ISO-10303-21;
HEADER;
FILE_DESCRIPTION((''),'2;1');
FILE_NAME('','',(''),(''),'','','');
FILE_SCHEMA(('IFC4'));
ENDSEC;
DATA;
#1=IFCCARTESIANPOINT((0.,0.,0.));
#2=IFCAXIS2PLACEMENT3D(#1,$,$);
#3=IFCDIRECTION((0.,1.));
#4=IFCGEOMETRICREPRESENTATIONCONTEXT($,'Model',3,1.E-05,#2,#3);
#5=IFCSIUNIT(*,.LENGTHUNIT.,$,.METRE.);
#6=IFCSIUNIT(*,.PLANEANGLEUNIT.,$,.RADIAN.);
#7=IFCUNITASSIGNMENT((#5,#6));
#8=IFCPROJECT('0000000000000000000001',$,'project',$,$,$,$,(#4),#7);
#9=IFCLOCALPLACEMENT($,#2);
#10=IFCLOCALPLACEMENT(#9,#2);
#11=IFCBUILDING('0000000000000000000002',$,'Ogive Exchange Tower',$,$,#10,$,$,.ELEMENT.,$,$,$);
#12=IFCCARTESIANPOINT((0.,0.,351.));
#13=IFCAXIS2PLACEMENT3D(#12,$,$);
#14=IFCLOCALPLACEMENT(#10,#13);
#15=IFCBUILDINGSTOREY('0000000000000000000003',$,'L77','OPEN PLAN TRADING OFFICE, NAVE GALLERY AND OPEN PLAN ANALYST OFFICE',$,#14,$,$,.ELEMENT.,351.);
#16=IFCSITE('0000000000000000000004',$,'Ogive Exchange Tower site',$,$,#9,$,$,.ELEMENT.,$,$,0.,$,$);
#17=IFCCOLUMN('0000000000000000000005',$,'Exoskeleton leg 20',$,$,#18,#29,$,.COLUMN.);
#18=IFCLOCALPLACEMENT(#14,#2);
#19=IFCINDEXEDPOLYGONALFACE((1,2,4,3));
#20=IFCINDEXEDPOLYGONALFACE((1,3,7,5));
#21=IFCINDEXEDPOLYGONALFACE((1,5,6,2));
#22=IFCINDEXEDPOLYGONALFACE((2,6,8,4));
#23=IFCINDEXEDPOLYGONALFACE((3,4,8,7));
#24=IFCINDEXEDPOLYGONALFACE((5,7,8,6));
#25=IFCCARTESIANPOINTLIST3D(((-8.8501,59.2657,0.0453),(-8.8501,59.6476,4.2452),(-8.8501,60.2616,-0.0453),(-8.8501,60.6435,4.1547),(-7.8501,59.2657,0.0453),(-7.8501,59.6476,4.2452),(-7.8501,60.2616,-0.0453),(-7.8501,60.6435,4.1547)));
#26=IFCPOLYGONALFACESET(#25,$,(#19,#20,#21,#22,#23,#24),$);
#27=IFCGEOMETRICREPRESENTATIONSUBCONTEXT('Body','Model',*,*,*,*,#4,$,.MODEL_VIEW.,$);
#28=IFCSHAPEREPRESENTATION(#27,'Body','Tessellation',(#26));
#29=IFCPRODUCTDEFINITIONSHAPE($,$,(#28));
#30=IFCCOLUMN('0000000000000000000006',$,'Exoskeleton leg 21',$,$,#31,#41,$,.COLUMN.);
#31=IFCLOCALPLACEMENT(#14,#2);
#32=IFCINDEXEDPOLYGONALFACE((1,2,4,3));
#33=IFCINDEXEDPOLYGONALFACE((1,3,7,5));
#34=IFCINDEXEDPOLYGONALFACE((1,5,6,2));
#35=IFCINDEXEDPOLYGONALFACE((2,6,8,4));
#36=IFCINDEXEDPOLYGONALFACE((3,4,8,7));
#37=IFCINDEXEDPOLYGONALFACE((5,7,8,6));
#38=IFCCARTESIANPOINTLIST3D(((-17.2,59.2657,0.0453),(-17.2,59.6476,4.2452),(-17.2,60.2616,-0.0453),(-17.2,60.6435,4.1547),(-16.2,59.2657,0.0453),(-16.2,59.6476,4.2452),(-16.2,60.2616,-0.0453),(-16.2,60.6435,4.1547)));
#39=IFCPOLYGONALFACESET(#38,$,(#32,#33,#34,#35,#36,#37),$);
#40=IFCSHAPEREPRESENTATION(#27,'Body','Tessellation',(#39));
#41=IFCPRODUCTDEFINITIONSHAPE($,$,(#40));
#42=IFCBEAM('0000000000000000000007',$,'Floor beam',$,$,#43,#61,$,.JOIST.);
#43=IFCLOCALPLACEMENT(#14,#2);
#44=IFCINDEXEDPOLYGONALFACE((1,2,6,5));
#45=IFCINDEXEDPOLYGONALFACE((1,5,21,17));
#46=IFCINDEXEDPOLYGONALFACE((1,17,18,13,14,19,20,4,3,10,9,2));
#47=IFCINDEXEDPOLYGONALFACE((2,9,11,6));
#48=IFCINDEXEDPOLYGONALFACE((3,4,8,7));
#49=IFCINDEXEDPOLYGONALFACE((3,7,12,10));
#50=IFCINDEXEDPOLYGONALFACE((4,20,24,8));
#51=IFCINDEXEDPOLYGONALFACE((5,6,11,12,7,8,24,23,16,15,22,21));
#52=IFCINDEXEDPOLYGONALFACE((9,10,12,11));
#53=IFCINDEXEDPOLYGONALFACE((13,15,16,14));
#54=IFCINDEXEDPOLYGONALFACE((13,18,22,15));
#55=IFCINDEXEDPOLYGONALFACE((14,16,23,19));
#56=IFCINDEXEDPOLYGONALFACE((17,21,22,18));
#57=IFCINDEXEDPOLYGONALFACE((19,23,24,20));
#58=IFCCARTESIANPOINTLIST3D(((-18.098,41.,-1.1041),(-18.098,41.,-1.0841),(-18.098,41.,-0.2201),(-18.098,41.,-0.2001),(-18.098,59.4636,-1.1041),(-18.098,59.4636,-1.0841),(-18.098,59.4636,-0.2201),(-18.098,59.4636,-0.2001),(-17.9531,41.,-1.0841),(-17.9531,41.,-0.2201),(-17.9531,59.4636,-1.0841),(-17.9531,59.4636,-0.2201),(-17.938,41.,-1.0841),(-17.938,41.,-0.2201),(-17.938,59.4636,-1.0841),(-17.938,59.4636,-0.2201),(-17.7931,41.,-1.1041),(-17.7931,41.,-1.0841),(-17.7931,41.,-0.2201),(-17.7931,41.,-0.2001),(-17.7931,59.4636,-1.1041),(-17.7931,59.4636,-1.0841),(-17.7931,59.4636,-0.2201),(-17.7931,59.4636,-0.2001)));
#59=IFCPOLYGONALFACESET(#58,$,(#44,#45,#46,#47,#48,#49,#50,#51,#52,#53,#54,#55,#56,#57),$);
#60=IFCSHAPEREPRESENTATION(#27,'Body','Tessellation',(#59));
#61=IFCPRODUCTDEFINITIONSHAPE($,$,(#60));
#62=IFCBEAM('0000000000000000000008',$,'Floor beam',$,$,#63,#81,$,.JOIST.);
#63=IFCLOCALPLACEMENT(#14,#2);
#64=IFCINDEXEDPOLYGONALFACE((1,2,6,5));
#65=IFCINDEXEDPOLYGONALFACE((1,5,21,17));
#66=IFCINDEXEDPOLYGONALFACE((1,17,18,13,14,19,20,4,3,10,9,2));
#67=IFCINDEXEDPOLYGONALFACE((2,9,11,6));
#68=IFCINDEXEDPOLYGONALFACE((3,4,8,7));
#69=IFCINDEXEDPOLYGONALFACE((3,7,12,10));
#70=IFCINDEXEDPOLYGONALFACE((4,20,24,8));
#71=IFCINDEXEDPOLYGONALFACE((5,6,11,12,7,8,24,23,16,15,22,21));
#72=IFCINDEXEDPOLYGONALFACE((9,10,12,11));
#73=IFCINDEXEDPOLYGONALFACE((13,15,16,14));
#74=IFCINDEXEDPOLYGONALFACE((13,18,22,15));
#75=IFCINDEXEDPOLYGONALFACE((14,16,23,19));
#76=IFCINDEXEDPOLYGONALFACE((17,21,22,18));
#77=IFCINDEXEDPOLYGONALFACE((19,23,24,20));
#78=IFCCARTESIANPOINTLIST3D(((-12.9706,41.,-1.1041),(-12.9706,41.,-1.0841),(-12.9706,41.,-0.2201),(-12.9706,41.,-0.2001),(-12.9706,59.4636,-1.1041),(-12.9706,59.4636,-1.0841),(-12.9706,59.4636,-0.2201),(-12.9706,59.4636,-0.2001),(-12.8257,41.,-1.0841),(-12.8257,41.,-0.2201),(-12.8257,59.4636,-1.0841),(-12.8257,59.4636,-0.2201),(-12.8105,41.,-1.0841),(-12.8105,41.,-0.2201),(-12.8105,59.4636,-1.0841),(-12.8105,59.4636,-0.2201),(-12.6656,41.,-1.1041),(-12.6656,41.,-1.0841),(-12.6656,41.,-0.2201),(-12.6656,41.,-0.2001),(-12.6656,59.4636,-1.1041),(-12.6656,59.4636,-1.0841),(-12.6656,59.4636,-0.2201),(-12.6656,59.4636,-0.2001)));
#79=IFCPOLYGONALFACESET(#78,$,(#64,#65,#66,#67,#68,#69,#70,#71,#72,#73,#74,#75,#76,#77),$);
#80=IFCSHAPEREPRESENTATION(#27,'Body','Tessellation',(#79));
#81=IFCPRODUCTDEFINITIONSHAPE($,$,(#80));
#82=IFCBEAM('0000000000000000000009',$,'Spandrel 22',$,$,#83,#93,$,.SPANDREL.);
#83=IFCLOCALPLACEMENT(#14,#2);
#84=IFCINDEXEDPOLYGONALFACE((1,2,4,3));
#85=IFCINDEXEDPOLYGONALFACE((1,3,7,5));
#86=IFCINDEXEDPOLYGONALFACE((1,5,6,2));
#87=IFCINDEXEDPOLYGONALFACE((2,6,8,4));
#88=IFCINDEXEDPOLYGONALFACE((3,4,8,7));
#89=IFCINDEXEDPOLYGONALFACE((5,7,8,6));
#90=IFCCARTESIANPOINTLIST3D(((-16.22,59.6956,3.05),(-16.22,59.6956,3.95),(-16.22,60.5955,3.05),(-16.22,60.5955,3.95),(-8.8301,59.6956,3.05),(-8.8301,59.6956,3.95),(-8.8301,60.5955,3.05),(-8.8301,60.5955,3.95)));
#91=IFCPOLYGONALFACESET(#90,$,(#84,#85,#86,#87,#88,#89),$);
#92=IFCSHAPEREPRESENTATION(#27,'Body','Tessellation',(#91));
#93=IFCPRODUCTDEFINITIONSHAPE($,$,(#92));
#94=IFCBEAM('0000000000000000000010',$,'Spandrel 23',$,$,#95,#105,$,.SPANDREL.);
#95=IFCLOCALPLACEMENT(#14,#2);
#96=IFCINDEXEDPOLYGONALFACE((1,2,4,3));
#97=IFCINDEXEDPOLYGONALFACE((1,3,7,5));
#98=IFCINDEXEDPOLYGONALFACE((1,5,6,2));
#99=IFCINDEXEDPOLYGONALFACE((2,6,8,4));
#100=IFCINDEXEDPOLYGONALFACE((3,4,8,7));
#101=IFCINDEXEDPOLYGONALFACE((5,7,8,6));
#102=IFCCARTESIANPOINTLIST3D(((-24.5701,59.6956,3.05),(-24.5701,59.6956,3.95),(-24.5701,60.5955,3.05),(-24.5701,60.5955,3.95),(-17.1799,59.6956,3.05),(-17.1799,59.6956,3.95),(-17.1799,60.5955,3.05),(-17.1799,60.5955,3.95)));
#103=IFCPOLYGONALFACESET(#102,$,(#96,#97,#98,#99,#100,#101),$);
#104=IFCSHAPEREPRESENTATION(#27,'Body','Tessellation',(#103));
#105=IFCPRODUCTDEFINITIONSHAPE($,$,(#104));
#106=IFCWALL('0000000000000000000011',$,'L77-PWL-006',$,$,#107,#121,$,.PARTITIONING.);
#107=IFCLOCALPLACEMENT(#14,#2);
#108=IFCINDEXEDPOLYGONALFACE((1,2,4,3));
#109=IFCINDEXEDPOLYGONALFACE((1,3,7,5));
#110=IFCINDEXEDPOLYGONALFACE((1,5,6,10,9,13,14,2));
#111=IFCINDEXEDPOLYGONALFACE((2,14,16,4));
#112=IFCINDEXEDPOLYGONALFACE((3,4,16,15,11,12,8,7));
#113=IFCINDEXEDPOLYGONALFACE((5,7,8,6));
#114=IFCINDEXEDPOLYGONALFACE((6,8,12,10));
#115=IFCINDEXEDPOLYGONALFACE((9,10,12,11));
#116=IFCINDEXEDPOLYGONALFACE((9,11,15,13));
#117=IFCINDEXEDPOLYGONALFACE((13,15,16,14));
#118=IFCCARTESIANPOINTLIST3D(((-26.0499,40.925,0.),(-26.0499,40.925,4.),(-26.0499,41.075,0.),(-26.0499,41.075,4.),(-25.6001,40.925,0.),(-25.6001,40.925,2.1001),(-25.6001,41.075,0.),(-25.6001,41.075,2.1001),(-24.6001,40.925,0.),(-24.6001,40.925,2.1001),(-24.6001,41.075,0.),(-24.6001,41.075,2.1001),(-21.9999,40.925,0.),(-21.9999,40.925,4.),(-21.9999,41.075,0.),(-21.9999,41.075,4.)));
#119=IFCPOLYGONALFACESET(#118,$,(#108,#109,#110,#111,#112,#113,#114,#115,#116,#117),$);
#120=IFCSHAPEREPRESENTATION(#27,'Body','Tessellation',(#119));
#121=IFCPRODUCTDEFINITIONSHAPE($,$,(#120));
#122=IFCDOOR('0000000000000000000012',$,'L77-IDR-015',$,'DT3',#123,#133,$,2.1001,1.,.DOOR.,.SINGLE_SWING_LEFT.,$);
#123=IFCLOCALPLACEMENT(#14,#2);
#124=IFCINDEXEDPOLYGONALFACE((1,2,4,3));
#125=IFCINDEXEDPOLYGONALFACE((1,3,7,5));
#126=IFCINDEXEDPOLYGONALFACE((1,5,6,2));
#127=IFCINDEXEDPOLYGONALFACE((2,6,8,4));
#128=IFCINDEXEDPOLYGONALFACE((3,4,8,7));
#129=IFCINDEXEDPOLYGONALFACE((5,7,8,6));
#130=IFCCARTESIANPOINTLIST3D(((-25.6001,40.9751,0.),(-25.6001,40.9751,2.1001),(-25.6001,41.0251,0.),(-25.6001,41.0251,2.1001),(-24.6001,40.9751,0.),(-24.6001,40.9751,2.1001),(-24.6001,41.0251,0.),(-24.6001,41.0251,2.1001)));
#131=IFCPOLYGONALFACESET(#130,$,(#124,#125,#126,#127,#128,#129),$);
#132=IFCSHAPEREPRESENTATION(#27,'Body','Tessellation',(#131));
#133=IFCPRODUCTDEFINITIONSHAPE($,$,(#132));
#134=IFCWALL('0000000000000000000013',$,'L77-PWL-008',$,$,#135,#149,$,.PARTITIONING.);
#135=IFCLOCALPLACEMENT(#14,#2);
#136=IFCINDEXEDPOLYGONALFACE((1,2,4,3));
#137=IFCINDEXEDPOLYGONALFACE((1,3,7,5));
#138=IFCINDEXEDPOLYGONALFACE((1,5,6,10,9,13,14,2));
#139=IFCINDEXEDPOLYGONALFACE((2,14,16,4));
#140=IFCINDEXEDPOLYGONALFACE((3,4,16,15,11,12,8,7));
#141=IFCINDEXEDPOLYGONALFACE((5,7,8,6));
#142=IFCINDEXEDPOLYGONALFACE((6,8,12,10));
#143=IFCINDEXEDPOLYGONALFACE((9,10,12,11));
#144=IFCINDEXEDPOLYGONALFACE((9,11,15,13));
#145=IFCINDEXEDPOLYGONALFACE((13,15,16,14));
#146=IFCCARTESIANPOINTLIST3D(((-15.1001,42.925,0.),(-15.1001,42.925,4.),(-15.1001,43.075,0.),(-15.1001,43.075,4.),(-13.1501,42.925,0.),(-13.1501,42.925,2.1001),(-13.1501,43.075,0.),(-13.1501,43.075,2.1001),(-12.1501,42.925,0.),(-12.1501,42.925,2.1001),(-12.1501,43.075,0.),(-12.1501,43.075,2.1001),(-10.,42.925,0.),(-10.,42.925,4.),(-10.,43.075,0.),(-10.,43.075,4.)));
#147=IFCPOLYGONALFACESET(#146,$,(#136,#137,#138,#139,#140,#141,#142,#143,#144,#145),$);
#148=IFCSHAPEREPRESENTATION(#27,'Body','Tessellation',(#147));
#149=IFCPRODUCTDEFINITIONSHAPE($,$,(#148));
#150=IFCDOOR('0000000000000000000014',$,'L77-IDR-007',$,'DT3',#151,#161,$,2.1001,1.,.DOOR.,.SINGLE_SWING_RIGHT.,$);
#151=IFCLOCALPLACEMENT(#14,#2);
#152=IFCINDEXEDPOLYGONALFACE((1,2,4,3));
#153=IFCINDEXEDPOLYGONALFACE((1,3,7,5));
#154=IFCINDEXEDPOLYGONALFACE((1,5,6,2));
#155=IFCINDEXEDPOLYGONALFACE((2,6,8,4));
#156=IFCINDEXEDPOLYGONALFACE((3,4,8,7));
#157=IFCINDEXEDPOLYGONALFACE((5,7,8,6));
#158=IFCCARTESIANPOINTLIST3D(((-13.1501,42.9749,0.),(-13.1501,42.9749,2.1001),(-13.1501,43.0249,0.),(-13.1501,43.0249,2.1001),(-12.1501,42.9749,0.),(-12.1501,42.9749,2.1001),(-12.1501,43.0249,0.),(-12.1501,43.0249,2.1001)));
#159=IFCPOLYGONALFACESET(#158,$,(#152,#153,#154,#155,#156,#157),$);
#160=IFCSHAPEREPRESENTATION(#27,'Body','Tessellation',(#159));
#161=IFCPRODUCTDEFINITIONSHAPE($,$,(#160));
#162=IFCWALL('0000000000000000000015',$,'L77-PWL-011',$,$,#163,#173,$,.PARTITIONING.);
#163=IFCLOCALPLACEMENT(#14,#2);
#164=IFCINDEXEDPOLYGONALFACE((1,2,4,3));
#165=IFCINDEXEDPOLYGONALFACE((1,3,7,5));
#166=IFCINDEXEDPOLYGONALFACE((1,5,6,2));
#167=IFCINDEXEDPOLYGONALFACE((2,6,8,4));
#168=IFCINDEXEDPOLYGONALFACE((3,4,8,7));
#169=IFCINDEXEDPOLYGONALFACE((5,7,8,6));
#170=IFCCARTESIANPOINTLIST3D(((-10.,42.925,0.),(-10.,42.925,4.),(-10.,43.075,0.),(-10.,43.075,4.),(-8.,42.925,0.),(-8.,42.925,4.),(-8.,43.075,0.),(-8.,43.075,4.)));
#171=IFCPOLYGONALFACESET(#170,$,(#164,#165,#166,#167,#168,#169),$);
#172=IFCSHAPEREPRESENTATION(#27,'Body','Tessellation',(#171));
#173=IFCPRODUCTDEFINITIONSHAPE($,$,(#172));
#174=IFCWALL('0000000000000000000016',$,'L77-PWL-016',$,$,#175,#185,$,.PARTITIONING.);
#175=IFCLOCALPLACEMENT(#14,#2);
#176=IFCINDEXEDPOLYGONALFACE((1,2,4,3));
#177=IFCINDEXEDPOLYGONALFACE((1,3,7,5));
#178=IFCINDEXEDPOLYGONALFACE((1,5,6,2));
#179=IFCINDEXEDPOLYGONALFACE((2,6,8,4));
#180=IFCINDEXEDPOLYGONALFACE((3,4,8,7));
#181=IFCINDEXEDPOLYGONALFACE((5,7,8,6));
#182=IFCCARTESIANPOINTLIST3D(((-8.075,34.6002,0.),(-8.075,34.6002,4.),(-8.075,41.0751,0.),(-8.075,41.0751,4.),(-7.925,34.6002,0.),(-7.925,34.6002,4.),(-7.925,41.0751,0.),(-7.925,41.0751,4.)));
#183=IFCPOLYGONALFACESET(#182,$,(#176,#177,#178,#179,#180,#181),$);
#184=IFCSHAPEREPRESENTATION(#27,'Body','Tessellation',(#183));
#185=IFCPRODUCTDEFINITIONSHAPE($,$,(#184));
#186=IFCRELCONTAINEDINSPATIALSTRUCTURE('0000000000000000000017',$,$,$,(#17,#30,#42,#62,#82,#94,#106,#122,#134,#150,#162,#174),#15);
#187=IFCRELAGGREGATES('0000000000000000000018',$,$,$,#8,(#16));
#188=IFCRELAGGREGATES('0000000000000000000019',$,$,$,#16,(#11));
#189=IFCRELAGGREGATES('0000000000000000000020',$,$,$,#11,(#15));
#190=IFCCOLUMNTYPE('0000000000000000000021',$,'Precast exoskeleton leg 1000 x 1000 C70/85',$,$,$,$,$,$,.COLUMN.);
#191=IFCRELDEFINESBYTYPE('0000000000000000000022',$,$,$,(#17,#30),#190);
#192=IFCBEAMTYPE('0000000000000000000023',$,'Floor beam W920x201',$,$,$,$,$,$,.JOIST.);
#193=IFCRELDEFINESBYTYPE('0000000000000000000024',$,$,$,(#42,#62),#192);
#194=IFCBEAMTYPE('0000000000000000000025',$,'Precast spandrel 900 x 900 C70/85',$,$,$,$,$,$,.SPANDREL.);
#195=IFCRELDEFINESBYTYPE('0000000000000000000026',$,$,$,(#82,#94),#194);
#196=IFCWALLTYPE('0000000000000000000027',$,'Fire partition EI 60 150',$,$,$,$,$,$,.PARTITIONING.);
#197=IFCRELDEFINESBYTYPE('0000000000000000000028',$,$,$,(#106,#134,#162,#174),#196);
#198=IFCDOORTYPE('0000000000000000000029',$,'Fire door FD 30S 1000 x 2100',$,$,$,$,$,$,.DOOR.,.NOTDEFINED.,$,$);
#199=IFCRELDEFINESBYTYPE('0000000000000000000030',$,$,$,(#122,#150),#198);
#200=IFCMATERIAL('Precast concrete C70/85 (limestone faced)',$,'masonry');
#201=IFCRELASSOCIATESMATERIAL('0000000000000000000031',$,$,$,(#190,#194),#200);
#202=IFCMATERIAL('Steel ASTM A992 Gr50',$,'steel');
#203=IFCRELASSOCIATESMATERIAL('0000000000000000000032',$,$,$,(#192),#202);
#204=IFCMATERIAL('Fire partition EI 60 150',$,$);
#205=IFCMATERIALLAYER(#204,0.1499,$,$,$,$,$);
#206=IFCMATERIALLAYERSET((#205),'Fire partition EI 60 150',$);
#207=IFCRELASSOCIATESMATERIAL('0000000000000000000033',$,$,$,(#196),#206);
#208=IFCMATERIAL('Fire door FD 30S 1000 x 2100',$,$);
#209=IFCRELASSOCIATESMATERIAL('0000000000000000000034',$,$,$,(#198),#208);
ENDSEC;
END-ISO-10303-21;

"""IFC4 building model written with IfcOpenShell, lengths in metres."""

from ifc_helpers import new_model, si_unit, direction, frame, frame_2d, origin, origin_2d, place, context, subcontext, project, spatial, rectangle, i_section, extrude, material, layer, layer_set, material_profile, profile_set, type_object, element, fill, save


model = new_model("IFC4")

# Units and contexts
model_context = context("Model", 3, precision=1e-05, world=origin(), true_north=direction((0.0, 1.0)))
body_context = subcontext(model_context, "Body", "Model", "MODEL_VIEW")
ifc_project = project(units=[si_unit("LENGTHUNIT", "METRE"), si_unit("PLANEANGLEUNIT", "RADIAN")], contexts=[model_context])

# Site, building, storey
site_placement = place(None, origin())
site = spatial("IfcSite", under=ifc_project, at=site_placement, Name="Ogive Exchange Tower site", CompositionType="ELEMENT", RefElevation=0.0)
building_placement = place(site_placement, origin())
building = spatial("IfcBuilding", under=site, at=building_placement, Name="Ogive Exchange Tower", CompositionType="ELEMENT")
storey_placement = place(building_placement, frame((0.0, 0.0, 351.0)))
storey = spatial("IfcBuildingStorey", under=building, at=storey_placement, Name="L77", Description="OPEN PLAN TRADING OFFICE, NAVE GALLERY AND OPEN PLAN ANALYST OFFICE", CompositionType="ELEMENT", Elevation=351.0)

# Columns
ifc_material_1 = material(Name="Precast concrete C70/85 (limestone faced)", Category="masonry")
ifc_material_profile_1 = material_profile(ifc_material_1, rectangle(XDim=1.0, YDim=1.0, at=origin_2d()), Name="1000 x 1000")
ifc_profile_set_1 = profile_set([ifc_material_profile_1], Name="Precast concrete C70/85 (limestone faced)")
column_type = type_object("IfcColumnType", Name="Precast exoskeleton leg 1000 x 1000 C70/85", PredefinedType="COLUMN", material=ifc_profile_set_1)
for number, where, z_axis, x_axis, name in (
    (1, (-8.3501, 59.7637, 0.0), (0.0, 0.090541, 0.995893), (-1.0, 0.0, 0.0), "Exoskeleton leg 20"),
    (2, (-16.7, 59.7637, 0.0), (0.0, 0.090541, 0.995893), (-1.0, 0.0, 0.0), "Exoskeleton leg 21"),
):
    element("IfcColumn", number, at=place(storey_placement, frame(where, z_axis=z_axis, x_axis=x_axis)), inside=storey, type_object=column_type, Name=name, PredefinedType="COLUMN", context=body_context, shape_type="SweptSolid", body=[
        extrude(rectangle(XDim=1.0, YDim=1.0, at=origin_2d()), origin(), (0.0, 0.0, 1.0), 4.2173),
    ])

# Beams
ifc_material_2 = material(Name="Steel ASTM A992 Gr50", Category="steel")
ifc_material_profile_2 = material_profile(ifc_material_2, i_section(OverallWidth=0.3049, OverallDepth=0.9041, WebThickness=0.0151, FlangeThickness=0.02, at=origin_2d()), Name="W920x201")
ifc_profile_set_2 = profile_set([ifc_material_profile_2], Name="Steel ASTM A992 Gr50")
beam_type_1 = type_object("IfcBeamType", Name="Floor beam W920x201", PredefinedType="JOIST", material=ifc_profile_set_2)
for number, where, z_axis, x_axis, name in (
    (3, (-17.9456, 41.0, -0.6521), (0.0, 1.0, 0.0), (-1.0, 0.0, 0.0), "Floor beam"),
    (4, (-12.8181, 41.0, -0.6521), (0.0, 1.0, 0.0), (-1.0, 0.0, 0.0), "Floor beam"),
):
    element("IfcBeam", number, at=place(storey_placement, frame(where, z_axis=z_axis, x_axis=x_axis)), inside=storey, type_object=beam_type_1, Name=name, PredefinedType="JOIST", context=body_context, shape_type="SweptSolid", body=[
        extrude(i_section(OverallWidth=0.3049, OverallDepth=0.9041, WebThickness=0.0151, FlangeThickness=0.02, at=origin_2d()), origin(), (0.0, 0.0, 1.0), 18.4636),
    ])
ifc_material_profile_3 = material_profile(ifc_material_1, rectangle(XDim=0.8999, YDim=0.8999, at=origin_2d()), Name="900 x 900")
ifc_profile_set_3 = profile_set([ifc_material_profile_3], Name="Precast concrete C70/85 (limestone faced)")
beam_type_2 = type_object("IfcBeamType", Name="Precast spandrel 900 x 900 C70/85", PredefinedType="SPANDREL", material=ifc_profile_set_3)
beam_1_placement = place(storey_placement, frame((-8.8301, 60.1455, 3.5), z_axis=(-1.0, 0.0, 0.0), x_axis=(0.0, -1.0, 0.0)))
element("IfcBeam", 5, at=beam_1_placement, inside=storey, type_object=beam_type_2, Name="Spandrel 22", PredefinedType="SPANDREL", context=body_context, shape_type="SweptSolid", body=[
    extrude(rectangle(XDim=0.8999, YDim=0.8999, at=origin_2d()), origin(), (0.0, 0.0, 1.0), 7.3899),
])
beam_2_placement = place(storey_placement, frame((-17.1799, 60.1455, 3.5), z_axis=(-1.0, 0.0, 0.0), x_axis=(0.0, -1.0, 0.0)))
element("IfcBeam", 6, at=beam_2_placement, inside=storey, type_object=beam_type_2, Name="Spandrel 23", PredefinedType="SPANDREL", context=body_context, shape_type="SweptSolid", body=[
    extrude(rectangle(XDim=0.8999, YDim=0.8999, at=origin_2d()), origin(), (0.0, 0.0, 1.0), 7.3901),
])

# Walls, openings, doors
ifc_material_3 = material(Name="Fire partition EI 60 150")
ifc_layer_1 = layer(ifc_material_3, 0.1499)
ifc_layer_set_1 = layer_set([ifc_layer_1], Name="Fire partition EI 60 150")
wall_type_1 = type_object("IfcWallType", Name="Fire partition EI 60 150", PredefinedType="PARTITIONING", material=ifc_layer_set_1)
wall_1_placement = place(storey_placement, frame((-22.0, 41.0, 0.0), z_axis=(0.0, 0.0, 1.0), x_axis=(-1.0, 0.0, 0.0)))
wall_1 = element("IfcWall", 7, at=wall_1_placement, inside=storey, type_object=wall_type_1, Name="L77-PWL-006", PredefinedType="PARTITIONING", context=body_context, shape_type="SweptSolid", body=[
    extrude(rectangle(XDim=4.05, YDim=0.1499, at=frame_2d((2.0249, 0.0))), origin(), (0.0, 0.0, 1.0), 4.0),
])
opening_1_placement = place(wall_1_placement, frame((2.6001, 0.0, 0.0)))
opening_1 = element("IfcOpeningElement", 8, at=opening_1_placement, cuts=wall_1, PredefinedType="OPENING", context=body_context, shape_type="SweptSolid", body=[
    extrude(rectangle(XDim=1.0, YDim=2.1001, at=frame_2d((0.5, 1.05))), frame((0.0, 0.085, 0.0), z_axis=(0.0, -1.0, 0.0), x_axis=(1.0, 0.0, 0.0)), (0.0, 0.0, 1.0), 0.1699),
])
ifc_material_4 = material(Name="Fire door FD 30S 1000 x 2100")
door_type_1 = type_object("IfcDoorType", Name="Fire door FD 30S 1000 x 2100", OperationType="NOTDEFINED", PredefinedType="DOOR", material=ifc_material_4)
door_1_placement = place(opening_1_placement, origin())
door_1 = element("IfcDoor", 9, at=door_1_placement, inside=storey, type_object=door_type_1, Name="L77-IDR-015", ObjectType="DT3", OperationType="SINGLE_SWING_LEFT", OverallHeight=2.1001, OverallWidth=1.0, PredefinedType="DOOR", context=body_context, shape_type="SweptSolid", body=[
    extrude(rectangle(XDim=1.0, YDim=2.1001, at=frame_2d((0.5, 1.05))), frame((0.0, 0.0249, 0.0), z_axis=(0.0, -1.0, 0.0), x_axis=(1.0, 0.0, 0.0)), (0.0, 0.0, 1.0), 0.05),
])
fill(opening_1, door_1)
wall_2_placement = place(storey_placement, frame((-15.1001, 43.0, 0.0), z_axis=(0.0, 0.0, 1.0), x_axis=(1.0, 0.0, 0.0)))
wall_2 = element("IfcWall", 10, at=wall_2_placement, inside=storey, type_object=wall_type_1, Name="L77-PWL-008", PredefinedType="PARTITIONING", context=body_context, shape_type="SweptSolid", body=[
    extrude(rectangle(XDim=5.1001, YDim=0.1499, at=frame_2d((2.55, 0.0))), origin(), (0.0, 0.0, 1.0), 4.0),
])
opening_2_placement = place(wall_2_placement, frame((1.95, 0.0, 0.0)))
opening_2 = element("IfcOpeningElement", 11, at=opening_2_placement, cuts=wall_2, PredefinedType="OPENING", context=body_context, shape_type="SweptSolid", body=[
    extrude(rectangle(XDim=1.0, YDim=2.1001, at=frame_2d((0.5, 1.05))), frame((0.0, 0.085, 0.0), z_axis=(0.0, -1.0, 0.0), x_axis=(1.0, 0.0, 0.0)), (0.0, 0.0, 1.0), 0.1699),
])
door_2_placement = place(opening_2_placement, origin())
door_2 = element("IfcDoor", 12, at=door_2_placement, inside=storey, type_object=door_type_1, Name="L77-IDR-007", ObjectType="DT3", OperationType="SINGLE_SWING_RIGHT", OverallHeight=2.1001, OverallWidth=1.0, PredefinedType="DOOR", context=body_context, shape_type="SweptSolid", body=[
    extrude(rectangle(XDim=1.0, YDim=2.1001, at=frame_2d((0.5, 1.05))), frame((0.0, 0.0249, 0.0), z_axis=(0.0, -1.0, 0.0), x_axis=(1.0, 0.0, 0.0)), (0.0, 0.0, 1.0), 0.05),
])
fill(opening_2, door_2)

# Walls
wall_3_placement = place(storey_placement, frame((-10.0, 43.0, 0.0), z_axis=(0.0, 0.0, 1.0), x_axis=(1.0, 0.0, 0.0)))
element("IfcWall", 13, at=wall_3_placement, inside=storey, type_object=wall_type_1, Name="L77-PWL-011", PredefinedType="PARTITIONING", context=body_context, shape_type="SweptSolid", body=[
    extrude(rectangle(XDim=2.0, YDim=0.1499, at=frame_2d((1.0, 0.0))), origin(), (0.0, 0.0, 1.0), 4.0),
])
wall_4_placement = place(storey_placement, frame((-8.0, 41.075, 0.0), z_axis=(0.0, 0.0, 1.0), x_axis=(0.0, -1.0, 0.0)))
element("IfcWall", 14, at=wall_4_placement, inside=storey, type_object=wall_type_1, Name="L77-PWL-016", PredefinedType="PARTITIONING", context=body_context, shape_type="SweptSolid", body=[
    extrude(rectangle(XDim=6.4749, YDim=0.1499, at=frame_2d((3.2373, 0.0))), origin(), (0.0, 0.0, 1.0), 4.0),
])

save(model, "model.ifc")
